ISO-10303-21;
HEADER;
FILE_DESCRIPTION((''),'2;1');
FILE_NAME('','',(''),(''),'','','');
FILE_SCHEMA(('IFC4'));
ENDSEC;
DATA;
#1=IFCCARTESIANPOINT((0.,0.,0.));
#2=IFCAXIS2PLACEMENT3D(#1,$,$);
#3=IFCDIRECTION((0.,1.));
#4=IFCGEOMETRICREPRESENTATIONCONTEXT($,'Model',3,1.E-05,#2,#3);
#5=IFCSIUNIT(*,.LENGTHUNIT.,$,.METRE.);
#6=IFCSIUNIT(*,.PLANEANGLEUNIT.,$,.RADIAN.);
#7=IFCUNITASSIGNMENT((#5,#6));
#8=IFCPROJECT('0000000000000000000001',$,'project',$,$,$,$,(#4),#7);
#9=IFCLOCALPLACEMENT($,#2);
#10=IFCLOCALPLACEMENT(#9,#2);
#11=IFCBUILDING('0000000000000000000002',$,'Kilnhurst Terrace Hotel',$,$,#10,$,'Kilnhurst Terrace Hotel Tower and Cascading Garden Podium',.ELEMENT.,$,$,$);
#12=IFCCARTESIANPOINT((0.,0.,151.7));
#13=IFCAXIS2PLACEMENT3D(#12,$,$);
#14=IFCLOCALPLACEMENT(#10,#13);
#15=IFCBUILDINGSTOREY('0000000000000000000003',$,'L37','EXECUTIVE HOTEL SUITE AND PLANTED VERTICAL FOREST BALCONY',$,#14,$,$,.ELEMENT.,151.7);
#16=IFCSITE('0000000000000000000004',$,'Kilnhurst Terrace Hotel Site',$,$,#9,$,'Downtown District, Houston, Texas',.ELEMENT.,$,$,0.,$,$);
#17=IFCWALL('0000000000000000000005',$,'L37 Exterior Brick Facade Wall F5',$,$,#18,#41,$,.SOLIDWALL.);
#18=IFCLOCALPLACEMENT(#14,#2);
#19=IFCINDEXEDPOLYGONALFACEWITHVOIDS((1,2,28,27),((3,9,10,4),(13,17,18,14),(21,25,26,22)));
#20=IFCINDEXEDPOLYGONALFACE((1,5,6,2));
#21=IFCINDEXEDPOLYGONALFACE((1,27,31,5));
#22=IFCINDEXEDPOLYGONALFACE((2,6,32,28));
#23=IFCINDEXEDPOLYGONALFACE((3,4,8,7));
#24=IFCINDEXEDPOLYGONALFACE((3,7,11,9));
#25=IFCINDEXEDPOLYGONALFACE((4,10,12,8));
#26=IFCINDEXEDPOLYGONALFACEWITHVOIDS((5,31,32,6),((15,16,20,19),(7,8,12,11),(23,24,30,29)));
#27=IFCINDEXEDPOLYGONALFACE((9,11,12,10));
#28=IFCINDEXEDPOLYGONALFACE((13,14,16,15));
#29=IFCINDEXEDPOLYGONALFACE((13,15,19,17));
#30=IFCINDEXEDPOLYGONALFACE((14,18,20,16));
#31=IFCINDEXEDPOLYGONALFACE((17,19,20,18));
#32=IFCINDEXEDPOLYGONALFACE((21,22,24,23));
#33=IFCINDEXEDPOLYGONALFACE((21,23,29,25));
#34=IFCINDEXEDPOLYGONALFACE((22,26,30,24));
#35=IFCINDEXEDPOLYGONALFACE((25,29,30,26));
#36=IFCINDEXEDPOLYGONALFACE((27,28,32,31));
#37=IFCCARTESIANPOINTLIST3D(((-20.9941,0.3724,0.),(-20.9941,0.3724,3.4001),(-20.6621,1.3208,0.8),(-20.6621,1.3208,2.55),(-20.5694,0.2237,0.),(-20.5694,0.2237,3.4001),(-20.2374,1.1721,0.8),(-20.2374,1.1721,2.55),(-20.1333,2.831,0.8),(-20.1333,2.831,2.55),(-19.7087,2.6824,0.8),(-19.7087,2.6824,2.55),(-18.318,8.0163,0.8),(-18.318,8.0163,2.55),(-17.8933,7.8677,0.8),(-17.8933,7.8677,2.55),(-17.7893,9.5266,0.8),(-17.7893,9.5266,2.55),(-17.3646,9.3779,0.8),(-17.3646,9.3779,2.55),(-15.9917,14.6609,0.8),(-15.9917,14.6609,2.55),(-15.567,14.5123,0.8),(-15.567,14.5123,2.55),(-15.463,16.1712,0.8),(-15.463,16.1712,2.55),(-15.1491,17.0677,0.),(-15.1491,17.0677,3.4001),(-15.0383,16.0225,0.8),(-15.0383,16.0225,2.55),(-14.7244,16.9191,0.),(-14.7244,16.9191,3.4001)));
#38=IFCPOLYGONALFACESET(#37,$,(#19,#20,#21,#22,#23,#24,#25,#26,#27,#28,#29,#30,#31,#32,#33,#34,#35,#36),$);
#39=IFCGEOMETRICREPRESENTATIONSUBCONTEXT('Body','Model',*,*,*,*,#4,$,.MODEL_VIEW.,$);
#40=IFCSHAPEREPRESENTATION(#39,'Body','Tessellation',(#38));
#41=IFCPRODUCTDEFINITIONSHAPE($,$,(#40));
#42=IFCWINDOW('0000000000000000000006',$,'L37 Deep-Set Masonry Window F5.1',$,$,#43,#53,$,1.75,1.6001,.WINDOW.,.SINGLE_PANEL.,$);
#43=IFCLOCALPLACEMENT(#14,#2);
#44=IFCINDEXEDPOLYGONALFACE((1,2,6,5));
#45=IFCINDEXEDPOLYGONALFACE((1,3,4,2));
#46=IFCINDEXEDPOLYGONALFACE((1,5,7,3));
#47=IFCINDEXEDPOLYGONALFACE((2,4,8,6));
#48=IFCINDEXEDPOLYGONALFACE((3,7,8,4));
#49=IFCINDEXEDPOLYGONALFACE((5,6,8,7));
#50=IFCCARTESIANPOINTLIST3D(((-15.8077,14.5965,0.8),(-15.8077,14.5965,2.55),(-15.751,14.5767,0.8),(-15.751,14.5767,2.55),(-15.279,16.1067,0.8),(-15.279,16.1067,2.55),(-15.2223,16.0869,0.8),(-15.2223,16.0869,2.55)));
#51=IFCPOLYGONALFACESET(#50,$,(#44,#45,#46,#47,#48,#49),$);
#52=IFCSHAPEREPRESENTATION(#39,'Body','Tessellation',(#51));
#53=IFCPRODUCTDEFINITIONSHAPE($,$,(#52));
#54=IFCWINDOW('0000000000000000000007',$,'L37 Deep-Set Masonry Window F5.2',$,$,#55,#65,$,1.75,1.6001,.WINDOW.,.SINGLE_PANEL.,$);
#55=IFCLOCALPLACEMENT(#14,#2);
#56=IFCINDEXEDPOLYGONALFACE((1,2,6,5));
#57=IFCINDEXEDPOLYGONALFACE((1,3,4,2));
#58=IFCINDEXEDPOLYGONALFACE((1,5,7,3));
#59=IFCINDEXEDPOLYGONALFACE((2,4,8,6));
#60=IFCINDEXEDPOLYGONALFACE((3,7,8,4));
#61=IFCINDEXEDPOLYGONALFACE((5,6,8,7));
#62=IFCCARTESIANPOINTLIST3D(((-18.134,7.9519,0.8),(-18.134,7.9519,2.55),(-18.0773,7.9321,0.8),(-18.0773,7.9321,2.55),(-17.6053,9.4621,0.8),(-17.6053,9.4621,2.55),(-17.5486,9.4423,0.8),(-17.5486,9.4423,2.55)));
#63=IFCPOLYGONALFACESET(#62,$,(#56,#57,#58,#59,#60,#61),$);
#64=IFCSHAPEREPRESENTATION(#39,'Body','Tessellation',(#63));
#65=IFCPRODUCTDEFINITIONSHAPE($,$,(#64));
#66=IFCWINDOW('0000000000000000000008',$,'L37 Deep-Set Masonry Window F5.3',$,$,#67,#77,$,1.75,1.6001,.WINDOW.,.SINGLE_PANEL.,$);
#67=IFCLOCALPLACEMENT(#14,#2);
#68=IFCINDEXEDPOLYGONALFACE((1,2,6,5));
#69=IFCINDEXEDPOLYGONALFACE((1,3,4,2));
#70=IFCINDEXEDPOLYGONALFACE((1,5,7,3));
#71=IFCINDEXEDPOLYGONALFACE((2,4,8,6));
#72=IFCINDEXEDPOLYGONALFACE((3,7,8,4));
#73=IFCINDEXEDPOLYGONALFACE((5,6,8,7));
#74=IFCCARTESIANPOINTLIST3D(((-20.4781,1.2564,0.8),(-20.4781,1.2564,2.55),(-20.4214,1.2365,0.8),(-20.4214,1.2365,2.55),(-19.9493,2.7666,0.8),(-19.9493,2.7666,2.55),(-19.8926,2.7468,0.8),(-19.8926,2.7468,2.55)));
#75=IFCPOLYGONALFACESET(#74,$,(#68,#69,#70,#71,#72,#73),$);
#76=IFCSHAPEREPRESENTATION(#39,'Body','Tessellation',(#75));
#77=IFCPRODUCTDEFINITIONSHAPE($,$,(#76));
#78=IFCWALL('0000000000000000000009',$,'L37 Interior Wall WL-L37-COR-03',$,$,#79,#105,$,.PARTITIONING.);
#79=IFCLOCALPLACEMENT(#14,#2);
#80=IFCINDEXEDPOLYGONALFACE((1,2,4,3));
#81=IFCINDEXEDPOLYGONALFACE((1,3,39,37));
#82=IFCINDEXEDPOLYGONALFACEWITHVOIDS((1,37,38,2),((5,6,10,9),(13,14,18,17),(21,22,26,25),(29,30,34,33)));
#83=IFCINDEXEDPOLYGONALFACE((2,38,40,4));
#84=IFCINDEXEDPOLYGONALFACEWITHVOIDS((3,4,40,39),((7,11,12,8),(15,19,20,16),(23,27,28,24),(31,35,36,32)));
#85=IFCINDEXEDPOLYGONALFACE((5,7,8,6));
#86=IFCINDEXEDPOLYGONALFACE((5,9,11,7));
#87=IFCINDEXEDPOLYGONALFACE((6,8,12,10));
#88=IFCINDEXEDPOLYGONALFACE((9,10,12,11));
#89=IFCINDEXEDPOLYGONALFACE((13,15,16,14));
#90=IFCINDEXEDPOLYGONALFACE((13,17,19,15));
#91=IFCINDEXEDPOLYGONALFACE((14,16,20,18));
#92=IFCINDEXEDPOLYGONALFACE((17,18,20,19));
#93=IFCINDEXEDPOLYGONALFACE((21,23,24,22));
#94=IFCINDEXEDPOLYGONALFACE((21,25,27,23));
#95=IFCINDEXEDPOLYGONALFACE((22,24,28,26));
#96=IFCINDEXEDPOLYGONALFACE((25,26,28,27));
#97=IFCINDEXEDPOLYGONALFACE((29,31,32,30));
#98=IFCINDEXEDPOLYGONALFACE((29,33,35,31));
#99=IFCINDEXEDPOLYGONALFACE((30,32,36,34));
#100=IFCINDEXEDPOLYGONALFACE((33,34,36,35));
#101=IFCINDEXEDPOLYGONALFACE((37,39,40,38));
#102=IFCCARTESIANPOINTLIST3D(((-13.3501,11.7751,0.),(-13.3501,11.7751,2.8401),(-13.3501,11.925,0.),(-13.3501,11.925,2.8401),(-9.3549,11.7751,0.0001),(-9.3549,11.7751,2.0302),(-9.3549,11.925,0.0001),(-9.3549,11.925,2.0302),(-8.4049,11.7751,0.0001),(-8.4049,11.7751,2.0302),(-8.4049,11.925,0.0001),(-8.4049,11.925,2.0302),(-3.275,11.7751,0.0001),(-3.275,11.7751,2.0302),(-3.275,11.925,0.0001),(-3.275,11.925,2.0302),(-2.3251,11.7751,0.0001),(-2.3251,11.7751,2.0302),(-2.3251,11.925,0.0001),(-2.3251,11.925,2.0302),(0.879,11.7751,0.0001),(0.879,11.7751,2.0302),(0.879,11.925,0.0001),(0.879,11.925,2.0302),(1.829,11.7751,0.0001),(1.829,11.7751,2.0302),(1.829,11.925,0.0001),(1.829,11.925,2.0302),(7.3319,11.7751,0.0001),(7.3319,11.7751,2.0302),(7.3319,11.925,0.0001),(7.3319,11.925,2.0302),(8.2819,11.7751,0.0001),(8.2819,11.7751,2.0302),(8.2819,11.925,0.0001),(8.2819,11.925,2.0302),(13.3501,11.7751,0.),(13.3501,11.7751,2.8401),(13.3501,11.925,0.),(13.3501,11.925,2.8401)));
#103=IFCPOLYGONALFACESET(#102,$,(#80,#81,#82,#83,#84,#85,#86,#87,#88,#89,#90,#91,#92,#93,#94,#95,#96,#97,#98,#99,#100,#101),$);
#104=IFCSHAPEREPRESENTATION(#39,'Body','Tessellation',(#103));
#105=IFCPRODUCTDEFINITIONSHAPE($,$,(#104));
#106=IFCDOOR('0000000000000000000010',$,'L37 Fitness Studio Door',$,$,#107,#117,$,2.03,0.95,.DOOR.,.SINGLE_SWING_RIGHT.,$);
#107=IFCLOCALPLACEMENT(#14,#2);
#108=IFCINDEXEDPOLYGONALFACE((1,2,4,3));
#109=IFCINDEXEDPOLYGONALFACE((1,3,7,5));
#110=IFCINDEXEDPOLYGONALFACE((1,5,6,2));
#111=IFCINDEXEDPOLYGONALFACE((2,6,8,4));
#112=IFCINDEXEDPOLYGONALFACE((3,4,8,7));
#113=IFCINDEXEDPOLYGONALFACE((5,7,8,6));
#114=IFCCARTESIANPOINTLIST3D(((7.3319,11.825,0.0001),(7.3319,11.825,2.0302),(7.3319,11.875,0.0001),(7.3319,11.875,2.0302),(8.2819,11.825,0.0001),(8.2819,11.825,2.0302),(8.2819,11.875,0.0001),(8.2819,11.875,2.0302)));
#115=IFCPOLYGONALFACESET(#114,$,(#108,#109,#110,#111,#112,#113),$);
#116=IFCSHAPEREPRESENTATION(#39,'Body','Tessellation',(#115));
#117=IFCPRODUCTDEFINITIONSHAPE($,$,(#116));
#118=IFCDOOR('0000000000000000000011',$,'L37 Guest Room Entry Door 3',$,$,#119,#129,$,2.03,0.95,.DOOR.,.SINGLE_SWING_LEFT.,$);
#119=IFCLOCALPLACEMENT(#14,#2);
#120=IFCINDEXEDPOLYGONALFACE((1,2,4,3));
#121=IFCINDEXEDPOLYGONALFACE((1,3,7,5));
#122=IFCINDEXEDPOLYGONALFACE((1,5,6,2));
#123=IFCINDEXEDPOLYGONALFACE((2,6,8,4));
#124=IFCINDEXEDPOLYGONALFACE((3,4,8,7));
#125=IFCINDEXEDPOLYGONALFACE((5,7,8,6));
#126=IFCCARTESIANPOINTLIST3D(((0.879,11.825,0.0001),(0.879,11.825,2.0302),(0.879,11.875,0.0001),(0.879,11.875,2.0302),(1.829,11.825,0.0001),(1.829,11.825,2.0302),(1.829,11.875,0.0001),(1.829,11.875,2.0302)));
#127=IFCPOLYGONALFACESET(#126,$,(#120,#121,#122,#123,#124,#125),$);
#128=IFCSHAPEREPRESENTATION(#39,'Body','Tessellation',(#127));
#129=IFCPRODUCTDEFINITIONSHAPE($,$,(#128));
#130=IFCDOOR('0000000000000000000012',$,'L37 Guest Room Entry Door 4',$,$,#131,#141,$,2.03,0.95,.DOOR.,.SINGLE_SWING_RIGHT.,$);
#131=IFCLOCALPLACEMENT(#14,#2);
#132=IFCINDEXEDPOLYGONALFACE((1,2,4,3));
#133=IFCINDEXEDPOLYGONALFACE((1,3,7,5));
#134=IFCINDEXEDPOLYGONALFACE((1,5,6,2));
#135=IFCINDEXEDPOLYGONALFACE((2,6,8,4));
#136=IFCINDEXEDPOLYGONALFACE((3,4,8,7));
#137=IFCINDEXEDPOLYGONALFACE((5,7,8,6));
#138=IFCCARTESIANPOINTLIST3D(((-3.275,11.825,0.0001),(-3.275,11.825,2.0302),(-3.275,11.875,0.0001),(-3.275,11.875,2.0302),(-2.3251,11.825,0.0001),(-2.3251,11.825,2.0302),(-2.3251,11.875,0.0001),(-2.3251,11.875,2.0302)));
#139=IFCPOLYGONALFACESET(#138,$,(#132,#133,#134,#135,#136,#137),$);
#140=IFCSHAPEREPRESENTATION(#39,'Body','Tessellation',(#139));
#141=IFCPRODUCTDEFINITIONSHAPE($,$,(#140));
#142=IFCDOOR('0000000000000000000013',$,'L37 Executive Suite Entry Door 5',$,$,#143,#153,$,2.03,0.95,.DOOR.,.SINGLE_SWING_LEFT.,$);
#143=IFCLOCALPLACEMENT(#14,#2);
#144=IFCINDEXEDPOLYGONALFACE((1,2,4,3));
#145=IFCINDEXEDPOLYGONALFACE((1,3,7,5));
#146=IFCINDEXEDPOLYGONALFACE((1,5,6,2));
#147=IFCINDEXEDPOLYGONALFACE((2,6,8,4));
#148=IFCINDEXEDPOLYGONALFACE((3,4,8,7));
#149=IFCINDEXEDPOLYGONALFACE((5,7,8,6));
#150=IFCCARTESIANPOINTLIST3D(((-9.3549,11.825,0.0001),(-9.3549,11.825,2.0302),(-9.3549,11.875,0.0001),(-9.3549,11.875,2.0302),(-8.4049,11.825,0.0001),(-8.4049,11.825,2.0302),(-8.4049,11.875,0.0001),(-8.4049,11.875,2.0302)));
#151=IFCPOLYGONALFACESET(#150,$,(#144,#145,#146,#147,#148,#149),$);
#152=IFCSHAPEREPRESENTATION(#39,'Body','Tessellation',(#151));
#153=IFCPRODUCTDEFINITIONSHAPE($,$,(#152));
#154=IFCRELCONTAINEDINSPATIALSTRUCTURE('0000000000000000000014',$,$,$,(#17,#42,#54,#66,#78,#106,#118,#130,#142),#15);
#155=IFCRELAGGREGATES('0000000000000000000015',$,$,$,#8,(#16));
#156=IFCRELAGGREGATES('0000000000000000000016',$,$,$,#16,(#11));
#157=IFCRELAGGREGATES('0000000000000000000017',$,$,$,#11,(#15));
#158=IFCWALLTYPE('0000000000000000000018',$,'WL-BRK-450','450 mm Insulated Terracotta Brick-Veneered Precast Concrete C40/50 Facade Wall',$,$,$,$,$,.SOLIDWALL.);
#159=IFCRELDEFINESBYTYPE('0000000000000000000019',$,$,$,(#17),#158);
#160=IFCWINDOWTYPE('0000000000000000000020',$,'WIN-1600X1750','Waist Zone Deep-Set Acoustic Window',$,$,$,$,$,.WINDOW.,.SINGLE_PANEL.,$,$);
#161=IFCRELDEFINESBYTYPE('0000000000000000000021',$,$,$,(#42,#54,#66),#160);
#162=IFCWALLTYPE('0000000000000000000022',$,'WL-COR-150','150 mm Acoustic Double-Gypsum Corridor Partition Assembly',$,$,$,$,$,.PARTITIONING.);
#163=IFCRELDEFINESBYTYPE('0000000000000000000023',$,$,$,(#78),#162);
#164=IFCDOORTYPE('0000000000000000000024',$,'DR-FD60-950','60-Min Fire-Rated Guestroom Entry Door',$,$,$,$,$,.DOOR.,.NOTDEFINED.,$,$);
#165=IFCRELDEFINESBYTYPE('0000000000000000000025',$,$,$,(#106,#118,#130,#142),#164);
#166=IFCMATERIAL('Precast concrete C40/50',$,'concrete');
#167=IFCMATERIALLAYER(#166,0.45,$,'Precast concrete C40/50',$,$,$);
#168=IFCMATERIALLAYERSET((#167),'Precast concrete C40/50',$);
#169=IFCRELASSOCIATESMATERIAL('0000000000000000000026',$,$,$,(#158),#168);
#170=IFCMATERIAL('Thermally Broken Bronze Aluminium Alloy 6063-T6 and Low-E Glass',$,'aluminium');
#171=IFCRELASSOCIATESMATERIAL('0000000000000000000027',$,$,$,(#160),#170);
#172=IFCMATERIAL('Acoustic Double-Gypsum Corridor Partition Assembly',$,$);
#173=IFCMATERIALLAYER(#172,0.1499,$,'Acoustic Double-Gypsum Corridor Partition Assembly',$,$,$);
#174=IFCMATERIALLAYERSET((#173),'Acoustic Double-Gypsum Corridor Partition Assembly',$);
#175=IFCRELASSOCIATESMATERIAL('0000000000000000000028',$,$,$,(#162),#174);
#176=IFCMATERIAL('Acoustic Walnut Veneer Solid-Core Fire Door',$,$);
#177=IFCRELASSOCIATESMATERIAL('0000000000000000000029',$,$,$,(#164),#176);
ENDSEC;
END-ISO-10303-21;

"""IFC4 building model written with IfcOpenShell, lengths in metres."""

from ifc_helpers import new_model, si_unit, direction, frame, frame_2d, origin, place, context, subcontext, project, spatial, rectangle, extrude, material, layer, layer_set, type_object, element, fill, save


model = new_model("IFC4")

# Units and contexts
model_context = context("Model", 3, precision=1e-05, world=origin(), true_north=direction((0.0, 1.0)))
body_context = subcontext(model_context, "Body", "Model", "MODEL_VIEW")
ifc_project = project(units=[si_unit("LENGTHUNIT", "METRE"), si_unit("PLANEANGLEUNIT", "RADIAN")], contexts=[model_context])

# Site, building, storey
site_placement = place(None, origin())
site = spatial("IfcSite", under=ifc_project, at=site_placement, Name="Kilnhurst Terrace Hotel Site", LongName="Downtown District, Houston, Texas", CompositionType="ELEMENT", RefElevation=0.0)
building_placement = place(site_placement, origin())
building = spatial("IfcBuilding", under=site, at=building_placement, Name="Kilnhurst Terrace Hotel", LongName="Kilnhurst Terrace Hotel Tower and Cascading Garden Podium", CompositionType="ELEMENT")
storey_placement = place(building_placement, frame((0.0, 0.0, 151.7)))
storey = spatial("IfcBuildingStorey", under=building, at=storey_placement, Name="L37", Description="EXECUTIVE HOTEL SUITE AND PLANTED VERTICAL FOREST BALCONY", CompositionType="ELEMENT", Elevation=151.7)

# Shared definitions
ifc_material_1 = material(Name="Precast concrete C40/50", Category="concrete")
ifc_layer_1 = layer(ifc_material_1, 0.45, Name="Precast concrete C40/50")
ifc_layer_set_1 = layer_set([ifc_layer_1], Name="Precast concrete C40/50")
wall_type_1 = type_object("IfcWallType", Name="WL-BRK-450", Description="450 mm Insulated Terracotta Brick-Veneered Precast Concrete C40/50 Facade Wall", PredefinedType="SOLIDWALL", material=ifc_layer_set_1)

# Wall, openings, windows
wall_1_placement = place(storey_placement, frame((-14.9368, 16.9934, 0.0), z_axis=(0.0, 0.0, 1.0), x_axis=(-0.330432, -0.94383, 0.0)))
wall_1 = element("IfcWall", 1, at=wall_1_placement, inside=storey, type_object=wall_type_1, Name="L37 Exterior Brick Facade Wall F5", PredefinedType="SOLIDWALL", context=body_context, shape_type="SweptSolid", body=[
    extrude(rectangle(XDim=17.689, YDim=0.45, at=frame_2d((8.8445, 0.0))), origin(), (0.0, 0.0, 1.0), 3.4001),
])
opening_1_placement = place(wall_1_placement, frame((0.95, 0.0, 0.8)))
opening_1 = element("IfcOpeningElement", 2, at=opening_1_placement, cuts=wall_1, PredefinedType="OPENING", context=body_context, shape_type="SweptSolid", body=[
    extrude(rectangle(XDim=1.6001, YDim=1.75, at=frame_2d((0.8, 0.875))), frame((0.0, 0.2349, 0.0), z_axis=(0.0, -1.0, 0.0), x_axis=(1.0, 0.0, 0.0)), (0.0, 0.0, 1.0), 0.47),
])
opening_2_placement = place(wall_1_placement, frame((7.99, 0.0, 0.8)))
opening_2 = element("IfcOpeningElement", 3, at=opening_2_placement, cuts=wall_1, PredefinedType="OPENING", context=body_context, shape_type="SweptSolid", body=[
    extrude(rectangle(XDim=1.6001, YDim=1.75, at=frame_2d((0.8, 0.875))), frame((0.0, 0.2349, 0.0), z_axis=(0.0, -1.0, 0.0), x_axis=(1.0, 0.0, 0.0)), (0.0, 0.0, 1.0), 0.47),
])
opening_3_placement = place(wall_1_placement, frame((15.084, 0.0, 0.8)))
opening_3 = element("IfcOpeningElement", 4, at=opening_3_placement, cuts=wall_1, PredefinedType="OPENING", context=body_context, shape_type="SweptSolid", body=[
    extrude(rectangle(XDim=1.6001, YDim=1.75, at=frame_2d((0.8, 0.875))), frame((0.0, 0.2349, 0.0), z_axis=(0.0, -1.0, 0.0), x_axis=(1.0, 0.0, 0.0)), (0.0, 0.0, 1.0), 0.47),
])
ifc_material_2 = material(Name="Thermally Broken Bronze Aluminium Alloy 6063-T6 and Low-E Glass", Category="aluminium")
window_type = type_object("IfcWindowType", Name="WIN-1600X1750", Description="Waist Zone Deep-Set Acoustic Window", PartitioningType="SINGLE_PANEL", PredefinedType="WINDOW", material=ifc_material_2)
window_1_placement = place(opening_1_placement, origin())
window_1 = element("IfcWindow", 5, at=window_1_placement, inside=storey, type_object=window_type, Name="L37 Deep-Set Masonry Window F5.1", OverallHeight=1.75, OverallWidth=1.6001, PartitioningType="SINGLE_PANEL", PredefinedType="WINDOW", context=body_context, shape_type="SweptSolid", body=[
    extrude(rectangle(XDim=1.6001, YDim=1.75, at=frame_2d((0.8, 0.875))), frame((0.0, 0.03, 0.0), z_axis=(0.0, -1.0, 0.0), x_axis=(1.0, 0.0, 0.0)), (0.0, 0.0, 1.0), 0.0601),
])
fill(opening_1, window_1)
window_2_placement = place(opening_2_placement, origin())
window_2 = element("IfcWindow", 6, at=window_2_placement, inside=storey, type_object=window_type, Name="L37 Deep-Set Masonry Window F5.2", OverallHeight=1.75, OverallWidth=1.6001, PartitioningType="SINGLE_PANEL", PredefinedType="WINDOW", context=body_context, shape_type="SweptSolid", body=[
    extrude(rectangle(XDim=1.6001, YDim=1.75, at=frame_2d((0.8, 0.875))), frame((0.0, 0.03, 0.0), z_axis=(0.0, -1.0, 0.0), x_axis=(1.0, 0.0, 0.0)), (0.0, 0.0, 1.0), 0.0601),
])
fill(opening_2, window_2)
window_3_placement = place(opening_3_placement, origin())
window_3 = element("IfcWindow", 7, at=window_3_placement, inside=storey, type_object=window_type, Name="L37 Deep-Set Masonry Window F5.3", OverallHeight=1.75, OverallWidth=1.6001, PartitioningType="SINGLE_PANEL", PredefinedType="WINDOW", context=body_context, shape_type="SweptSolid", body=[
    extrude(rectangle(XDim=1.6001, YDim=1.75, at=frame_2d((0.8, 0.875))), frame((0.0, 0.03, 0.0), z_axis=(0.0, -1.0, 0.0), x_axis=(1.0, 0.0, 0.0)), (0.0, 0.0, 1.0), 0.0601),
])
fill(opening_3, window_3)

# Wall, openings, doors
ifc_material_3 = material(Name="Acoustic Double-Gypsum Corridor Partition Assembly")
ifc_layer_2 = layer(ifc_material_3, 0.1499, Name="Acoustic Double-Gypsum Corridor Partition Assembly")
ifc_layer_set_2 = layer_set([ifc_layer_2], Name="Acoustic Double-Gypsum Corridor Partition Assembly")
wall_type_2 = type_object("IfcWallType", Name="WL-COR-150", Description="150 mm Acoustic Double-Gypsum Corridor Partition Assembly", PredefinedType="PARTITIONING", material=ifc_layer_set_2)
wall_2_placement = place(storey_placement, frame((-13.3501, 11.8501, 0.0), z_axis=(0.0, 0.0, 1.0), x_axis=(1.0, 0.0, 0.0)))
wall_2 = element("IfcWall", 8, at=wall_2_placement, inside=storey, type_object=wall_type_2, Name="L37 Interior Wall WL-L37-COR-03", PredefinedType="PARTITIONING", context=body_context, shape_type="SweptSolid", body=[
    extrude(rectangle(XDim=26.7002, YDim=0.1499, at=frame_2d((13.3501, 0.0))), origin(), (0.0, 0.0, 1.0), 2.8401),
])
opening_4_placement = place(wall_2_placement, frame((20.6819, 0.0, 0.0)))
opening_4 = element("IfcOpeningElement", 9, at=opening_4_placement, cuts=wall_2, PredefinedType="OPENING", context=body_context, shape_type="SweptSolid", body=[
    extrude(rectangle(XDim=0.95, YDim=2.03, at=frame_2d((0.4751, 1.0151))), frame((0.0, 0.085, 0.0), z_axis=(0.0, -1.0, 0.0), x_axis=(1.0, 0.0, 0.0)), (0.0, 0.0, 1.0), 0.1699),
])
opening_5_placement = place(wall_2_placement, frame((14.229, 0.0, 0.0)))
opening_5 = element("IfcOpeningElement", 10, at=opening_5_placement, cuts=wall_2, PredefinedType="OPENING", context=body_context, shape_type="SweptSolid", body=[
    extrude(rectangle(XDim=0.95, YDim=2.03, at=frame_2d((0.4751, 1.0151))), frame((0.0, 0.085, 0.0), z_axis=(0.0, -1.0, 0.0), x_axis=(1.0, 0.0, 0.0)), (0.0, 0.0, 1.0), 0.1699),
])
opening_6_placement = place(wall_2_placement, frame((10.075, 0.0, 0.0)))
opening_6 = element("IfcOpeningElement", 11, at=opening_6_placement, cuts=wall_2, PredefinedType="OPENING", context=body_context, shape_type="SweptSolid", body=[
    extrude(rectangle(XDim=0.95, YDim=2.03, at=frame_2d((0.4751, 1.0151))), frame((0.0, 0.085, 0.0), z_axis=(0.0, -1.0, 0.0), x_axis=(1.0, 0.0, 0.0)), (0.0, 0.0, 1.0), 0.1699),
])
opening_7_placement = place(wall_2_placement, frame((3.9951, 0.0, 0.0)))
opening_7 = element("IfcOpeningElement", 12, at=opening_7_placement, cuts=wall_2, PredefinedType="OPENING", context=body_context, shape_type="SweptSolid", body=[
    extrude(rectangle(XDim=0.95, YDim=2.03, at=frame_2d((0.4751, 1.0151))), frame((0.0, 0.085, 0.0), z_axis=(0.0, -1.0, 0.0), x_axis=(1.0, 0.0, 0.0)), (0.0, 0.0, 1.0), 0.1699),
])
ifc_material_4 = material(Name="Acoustic Walnut Veneer Solid-Core Fire Door")
door_type_1 = type_object("IfcDoorType", Name="DR-FD60-950", Description="60-Min Fire-Rated Guestroom Entry Door", OperationType="NOTDEFINED", PredefinedType="DOOR", material=ifc_material_4)
door_1_placement = place(opening_4_placement, origin())
door_1 = element("IfcDoor", 13, at=door_1_placement, inside=storey, type_object=door_type_1, Name="L37 Fitness Studio Door", OperationType="SINGLE_SWING_RIGHT", OverallHeight=2.03, OverallWidth=0.95, PredefinedType="DOOR", context=body_context, shape_type="SweptSolid", body=[
    extrude(rectangle(XDim=0.95, YDim=2.03, at=frame_2d((0.4751, 1.0151))), frame((0.0, 0.0249, 0.0), z_axis=(0.0, -1.0, 0.0), x_axis=(1.0, 0.0, 0.0)), (0.0, 0.0, 1.0), 0.05),
])
fill(opening_4, door_1)
door_2_placement = place(opening_5_placement, origin())
door_2 = element("IfcDoor", 14, at=door_2_placement, inside=storey, type_object=door_type_1, Name="L37 Guest Room Entry Door 3", OperationType="SINGLE_SWING_LEFT", OverallHeight=2.03, OverallWidth=0.95, PredefinedType="DOOR", context=body_context, shape_type="SweptSolid", body=[
    extrude(rectangle(XDim=0.95, YDim=2.03, at=frame_2d((0.4751, 1.0151))), frame((0.0, 0.0249, 0.0), z_axis=(0.0, -1.0, 0.0), x_axis=(1.0, 0.0, 0.0)), (0.0, 0.0, 1.0), 0.05),
])
fill(opening_5, door_2)
door_3_placement = place(opening_6_placement, origin())
door_3 = element("IfcDoor", 15, at=door_3_placement, inside=storey, type_object=door_type_1, Name="L37 Guest Room Entry Door 4", OperationType="SINGLE_SWING_RIGHT", OverallHeight=2.03, OverallWidth=0.95, PredefinedType="DOOR", context=body_context, shape_type="SweptSolid", body=[
    extrude(rectangle(XDim=0.95, YDim=2.03, at=frame_2d((0.4751, 1.0151))), frame((0.0, 0.0249, 0.0), z_axis=(0.0, -1.0, 0.0), x_axis=(1.0, 0.0, 0.0)), (0.0, 0.0, 1.0), 0.05),
])
fill(opening_6, door_3)
door_4_placement = place(opening_7_placement, origin())
door_4 = element("IfcDoor", 16, at=door_4_placement, inside=storey, type_object=door_type_1, Name="L37 Executive Suite Entry Door 5", OperationType="SINGLE_SWING_LEFT", OverallHeight=2.03, OverallWidth=0.95, PredefinedType="DOOR", context=body_context, shape_type="SweptSolid", body=[
    extrude(rectangle(XDim=0.95, YDim=2.03, at=frame_2d((0.4751, 1.0151))), frame((0.0, 0.0249, 0.0), z_axis=(0.0, -1.0, 0.0), x_axis=(1.0, 0.0, 0.0)), (0.0, 0.0, 1.0), 0.05),
])
fill(opening_7, door_4)

save(model, "model.ifc")
